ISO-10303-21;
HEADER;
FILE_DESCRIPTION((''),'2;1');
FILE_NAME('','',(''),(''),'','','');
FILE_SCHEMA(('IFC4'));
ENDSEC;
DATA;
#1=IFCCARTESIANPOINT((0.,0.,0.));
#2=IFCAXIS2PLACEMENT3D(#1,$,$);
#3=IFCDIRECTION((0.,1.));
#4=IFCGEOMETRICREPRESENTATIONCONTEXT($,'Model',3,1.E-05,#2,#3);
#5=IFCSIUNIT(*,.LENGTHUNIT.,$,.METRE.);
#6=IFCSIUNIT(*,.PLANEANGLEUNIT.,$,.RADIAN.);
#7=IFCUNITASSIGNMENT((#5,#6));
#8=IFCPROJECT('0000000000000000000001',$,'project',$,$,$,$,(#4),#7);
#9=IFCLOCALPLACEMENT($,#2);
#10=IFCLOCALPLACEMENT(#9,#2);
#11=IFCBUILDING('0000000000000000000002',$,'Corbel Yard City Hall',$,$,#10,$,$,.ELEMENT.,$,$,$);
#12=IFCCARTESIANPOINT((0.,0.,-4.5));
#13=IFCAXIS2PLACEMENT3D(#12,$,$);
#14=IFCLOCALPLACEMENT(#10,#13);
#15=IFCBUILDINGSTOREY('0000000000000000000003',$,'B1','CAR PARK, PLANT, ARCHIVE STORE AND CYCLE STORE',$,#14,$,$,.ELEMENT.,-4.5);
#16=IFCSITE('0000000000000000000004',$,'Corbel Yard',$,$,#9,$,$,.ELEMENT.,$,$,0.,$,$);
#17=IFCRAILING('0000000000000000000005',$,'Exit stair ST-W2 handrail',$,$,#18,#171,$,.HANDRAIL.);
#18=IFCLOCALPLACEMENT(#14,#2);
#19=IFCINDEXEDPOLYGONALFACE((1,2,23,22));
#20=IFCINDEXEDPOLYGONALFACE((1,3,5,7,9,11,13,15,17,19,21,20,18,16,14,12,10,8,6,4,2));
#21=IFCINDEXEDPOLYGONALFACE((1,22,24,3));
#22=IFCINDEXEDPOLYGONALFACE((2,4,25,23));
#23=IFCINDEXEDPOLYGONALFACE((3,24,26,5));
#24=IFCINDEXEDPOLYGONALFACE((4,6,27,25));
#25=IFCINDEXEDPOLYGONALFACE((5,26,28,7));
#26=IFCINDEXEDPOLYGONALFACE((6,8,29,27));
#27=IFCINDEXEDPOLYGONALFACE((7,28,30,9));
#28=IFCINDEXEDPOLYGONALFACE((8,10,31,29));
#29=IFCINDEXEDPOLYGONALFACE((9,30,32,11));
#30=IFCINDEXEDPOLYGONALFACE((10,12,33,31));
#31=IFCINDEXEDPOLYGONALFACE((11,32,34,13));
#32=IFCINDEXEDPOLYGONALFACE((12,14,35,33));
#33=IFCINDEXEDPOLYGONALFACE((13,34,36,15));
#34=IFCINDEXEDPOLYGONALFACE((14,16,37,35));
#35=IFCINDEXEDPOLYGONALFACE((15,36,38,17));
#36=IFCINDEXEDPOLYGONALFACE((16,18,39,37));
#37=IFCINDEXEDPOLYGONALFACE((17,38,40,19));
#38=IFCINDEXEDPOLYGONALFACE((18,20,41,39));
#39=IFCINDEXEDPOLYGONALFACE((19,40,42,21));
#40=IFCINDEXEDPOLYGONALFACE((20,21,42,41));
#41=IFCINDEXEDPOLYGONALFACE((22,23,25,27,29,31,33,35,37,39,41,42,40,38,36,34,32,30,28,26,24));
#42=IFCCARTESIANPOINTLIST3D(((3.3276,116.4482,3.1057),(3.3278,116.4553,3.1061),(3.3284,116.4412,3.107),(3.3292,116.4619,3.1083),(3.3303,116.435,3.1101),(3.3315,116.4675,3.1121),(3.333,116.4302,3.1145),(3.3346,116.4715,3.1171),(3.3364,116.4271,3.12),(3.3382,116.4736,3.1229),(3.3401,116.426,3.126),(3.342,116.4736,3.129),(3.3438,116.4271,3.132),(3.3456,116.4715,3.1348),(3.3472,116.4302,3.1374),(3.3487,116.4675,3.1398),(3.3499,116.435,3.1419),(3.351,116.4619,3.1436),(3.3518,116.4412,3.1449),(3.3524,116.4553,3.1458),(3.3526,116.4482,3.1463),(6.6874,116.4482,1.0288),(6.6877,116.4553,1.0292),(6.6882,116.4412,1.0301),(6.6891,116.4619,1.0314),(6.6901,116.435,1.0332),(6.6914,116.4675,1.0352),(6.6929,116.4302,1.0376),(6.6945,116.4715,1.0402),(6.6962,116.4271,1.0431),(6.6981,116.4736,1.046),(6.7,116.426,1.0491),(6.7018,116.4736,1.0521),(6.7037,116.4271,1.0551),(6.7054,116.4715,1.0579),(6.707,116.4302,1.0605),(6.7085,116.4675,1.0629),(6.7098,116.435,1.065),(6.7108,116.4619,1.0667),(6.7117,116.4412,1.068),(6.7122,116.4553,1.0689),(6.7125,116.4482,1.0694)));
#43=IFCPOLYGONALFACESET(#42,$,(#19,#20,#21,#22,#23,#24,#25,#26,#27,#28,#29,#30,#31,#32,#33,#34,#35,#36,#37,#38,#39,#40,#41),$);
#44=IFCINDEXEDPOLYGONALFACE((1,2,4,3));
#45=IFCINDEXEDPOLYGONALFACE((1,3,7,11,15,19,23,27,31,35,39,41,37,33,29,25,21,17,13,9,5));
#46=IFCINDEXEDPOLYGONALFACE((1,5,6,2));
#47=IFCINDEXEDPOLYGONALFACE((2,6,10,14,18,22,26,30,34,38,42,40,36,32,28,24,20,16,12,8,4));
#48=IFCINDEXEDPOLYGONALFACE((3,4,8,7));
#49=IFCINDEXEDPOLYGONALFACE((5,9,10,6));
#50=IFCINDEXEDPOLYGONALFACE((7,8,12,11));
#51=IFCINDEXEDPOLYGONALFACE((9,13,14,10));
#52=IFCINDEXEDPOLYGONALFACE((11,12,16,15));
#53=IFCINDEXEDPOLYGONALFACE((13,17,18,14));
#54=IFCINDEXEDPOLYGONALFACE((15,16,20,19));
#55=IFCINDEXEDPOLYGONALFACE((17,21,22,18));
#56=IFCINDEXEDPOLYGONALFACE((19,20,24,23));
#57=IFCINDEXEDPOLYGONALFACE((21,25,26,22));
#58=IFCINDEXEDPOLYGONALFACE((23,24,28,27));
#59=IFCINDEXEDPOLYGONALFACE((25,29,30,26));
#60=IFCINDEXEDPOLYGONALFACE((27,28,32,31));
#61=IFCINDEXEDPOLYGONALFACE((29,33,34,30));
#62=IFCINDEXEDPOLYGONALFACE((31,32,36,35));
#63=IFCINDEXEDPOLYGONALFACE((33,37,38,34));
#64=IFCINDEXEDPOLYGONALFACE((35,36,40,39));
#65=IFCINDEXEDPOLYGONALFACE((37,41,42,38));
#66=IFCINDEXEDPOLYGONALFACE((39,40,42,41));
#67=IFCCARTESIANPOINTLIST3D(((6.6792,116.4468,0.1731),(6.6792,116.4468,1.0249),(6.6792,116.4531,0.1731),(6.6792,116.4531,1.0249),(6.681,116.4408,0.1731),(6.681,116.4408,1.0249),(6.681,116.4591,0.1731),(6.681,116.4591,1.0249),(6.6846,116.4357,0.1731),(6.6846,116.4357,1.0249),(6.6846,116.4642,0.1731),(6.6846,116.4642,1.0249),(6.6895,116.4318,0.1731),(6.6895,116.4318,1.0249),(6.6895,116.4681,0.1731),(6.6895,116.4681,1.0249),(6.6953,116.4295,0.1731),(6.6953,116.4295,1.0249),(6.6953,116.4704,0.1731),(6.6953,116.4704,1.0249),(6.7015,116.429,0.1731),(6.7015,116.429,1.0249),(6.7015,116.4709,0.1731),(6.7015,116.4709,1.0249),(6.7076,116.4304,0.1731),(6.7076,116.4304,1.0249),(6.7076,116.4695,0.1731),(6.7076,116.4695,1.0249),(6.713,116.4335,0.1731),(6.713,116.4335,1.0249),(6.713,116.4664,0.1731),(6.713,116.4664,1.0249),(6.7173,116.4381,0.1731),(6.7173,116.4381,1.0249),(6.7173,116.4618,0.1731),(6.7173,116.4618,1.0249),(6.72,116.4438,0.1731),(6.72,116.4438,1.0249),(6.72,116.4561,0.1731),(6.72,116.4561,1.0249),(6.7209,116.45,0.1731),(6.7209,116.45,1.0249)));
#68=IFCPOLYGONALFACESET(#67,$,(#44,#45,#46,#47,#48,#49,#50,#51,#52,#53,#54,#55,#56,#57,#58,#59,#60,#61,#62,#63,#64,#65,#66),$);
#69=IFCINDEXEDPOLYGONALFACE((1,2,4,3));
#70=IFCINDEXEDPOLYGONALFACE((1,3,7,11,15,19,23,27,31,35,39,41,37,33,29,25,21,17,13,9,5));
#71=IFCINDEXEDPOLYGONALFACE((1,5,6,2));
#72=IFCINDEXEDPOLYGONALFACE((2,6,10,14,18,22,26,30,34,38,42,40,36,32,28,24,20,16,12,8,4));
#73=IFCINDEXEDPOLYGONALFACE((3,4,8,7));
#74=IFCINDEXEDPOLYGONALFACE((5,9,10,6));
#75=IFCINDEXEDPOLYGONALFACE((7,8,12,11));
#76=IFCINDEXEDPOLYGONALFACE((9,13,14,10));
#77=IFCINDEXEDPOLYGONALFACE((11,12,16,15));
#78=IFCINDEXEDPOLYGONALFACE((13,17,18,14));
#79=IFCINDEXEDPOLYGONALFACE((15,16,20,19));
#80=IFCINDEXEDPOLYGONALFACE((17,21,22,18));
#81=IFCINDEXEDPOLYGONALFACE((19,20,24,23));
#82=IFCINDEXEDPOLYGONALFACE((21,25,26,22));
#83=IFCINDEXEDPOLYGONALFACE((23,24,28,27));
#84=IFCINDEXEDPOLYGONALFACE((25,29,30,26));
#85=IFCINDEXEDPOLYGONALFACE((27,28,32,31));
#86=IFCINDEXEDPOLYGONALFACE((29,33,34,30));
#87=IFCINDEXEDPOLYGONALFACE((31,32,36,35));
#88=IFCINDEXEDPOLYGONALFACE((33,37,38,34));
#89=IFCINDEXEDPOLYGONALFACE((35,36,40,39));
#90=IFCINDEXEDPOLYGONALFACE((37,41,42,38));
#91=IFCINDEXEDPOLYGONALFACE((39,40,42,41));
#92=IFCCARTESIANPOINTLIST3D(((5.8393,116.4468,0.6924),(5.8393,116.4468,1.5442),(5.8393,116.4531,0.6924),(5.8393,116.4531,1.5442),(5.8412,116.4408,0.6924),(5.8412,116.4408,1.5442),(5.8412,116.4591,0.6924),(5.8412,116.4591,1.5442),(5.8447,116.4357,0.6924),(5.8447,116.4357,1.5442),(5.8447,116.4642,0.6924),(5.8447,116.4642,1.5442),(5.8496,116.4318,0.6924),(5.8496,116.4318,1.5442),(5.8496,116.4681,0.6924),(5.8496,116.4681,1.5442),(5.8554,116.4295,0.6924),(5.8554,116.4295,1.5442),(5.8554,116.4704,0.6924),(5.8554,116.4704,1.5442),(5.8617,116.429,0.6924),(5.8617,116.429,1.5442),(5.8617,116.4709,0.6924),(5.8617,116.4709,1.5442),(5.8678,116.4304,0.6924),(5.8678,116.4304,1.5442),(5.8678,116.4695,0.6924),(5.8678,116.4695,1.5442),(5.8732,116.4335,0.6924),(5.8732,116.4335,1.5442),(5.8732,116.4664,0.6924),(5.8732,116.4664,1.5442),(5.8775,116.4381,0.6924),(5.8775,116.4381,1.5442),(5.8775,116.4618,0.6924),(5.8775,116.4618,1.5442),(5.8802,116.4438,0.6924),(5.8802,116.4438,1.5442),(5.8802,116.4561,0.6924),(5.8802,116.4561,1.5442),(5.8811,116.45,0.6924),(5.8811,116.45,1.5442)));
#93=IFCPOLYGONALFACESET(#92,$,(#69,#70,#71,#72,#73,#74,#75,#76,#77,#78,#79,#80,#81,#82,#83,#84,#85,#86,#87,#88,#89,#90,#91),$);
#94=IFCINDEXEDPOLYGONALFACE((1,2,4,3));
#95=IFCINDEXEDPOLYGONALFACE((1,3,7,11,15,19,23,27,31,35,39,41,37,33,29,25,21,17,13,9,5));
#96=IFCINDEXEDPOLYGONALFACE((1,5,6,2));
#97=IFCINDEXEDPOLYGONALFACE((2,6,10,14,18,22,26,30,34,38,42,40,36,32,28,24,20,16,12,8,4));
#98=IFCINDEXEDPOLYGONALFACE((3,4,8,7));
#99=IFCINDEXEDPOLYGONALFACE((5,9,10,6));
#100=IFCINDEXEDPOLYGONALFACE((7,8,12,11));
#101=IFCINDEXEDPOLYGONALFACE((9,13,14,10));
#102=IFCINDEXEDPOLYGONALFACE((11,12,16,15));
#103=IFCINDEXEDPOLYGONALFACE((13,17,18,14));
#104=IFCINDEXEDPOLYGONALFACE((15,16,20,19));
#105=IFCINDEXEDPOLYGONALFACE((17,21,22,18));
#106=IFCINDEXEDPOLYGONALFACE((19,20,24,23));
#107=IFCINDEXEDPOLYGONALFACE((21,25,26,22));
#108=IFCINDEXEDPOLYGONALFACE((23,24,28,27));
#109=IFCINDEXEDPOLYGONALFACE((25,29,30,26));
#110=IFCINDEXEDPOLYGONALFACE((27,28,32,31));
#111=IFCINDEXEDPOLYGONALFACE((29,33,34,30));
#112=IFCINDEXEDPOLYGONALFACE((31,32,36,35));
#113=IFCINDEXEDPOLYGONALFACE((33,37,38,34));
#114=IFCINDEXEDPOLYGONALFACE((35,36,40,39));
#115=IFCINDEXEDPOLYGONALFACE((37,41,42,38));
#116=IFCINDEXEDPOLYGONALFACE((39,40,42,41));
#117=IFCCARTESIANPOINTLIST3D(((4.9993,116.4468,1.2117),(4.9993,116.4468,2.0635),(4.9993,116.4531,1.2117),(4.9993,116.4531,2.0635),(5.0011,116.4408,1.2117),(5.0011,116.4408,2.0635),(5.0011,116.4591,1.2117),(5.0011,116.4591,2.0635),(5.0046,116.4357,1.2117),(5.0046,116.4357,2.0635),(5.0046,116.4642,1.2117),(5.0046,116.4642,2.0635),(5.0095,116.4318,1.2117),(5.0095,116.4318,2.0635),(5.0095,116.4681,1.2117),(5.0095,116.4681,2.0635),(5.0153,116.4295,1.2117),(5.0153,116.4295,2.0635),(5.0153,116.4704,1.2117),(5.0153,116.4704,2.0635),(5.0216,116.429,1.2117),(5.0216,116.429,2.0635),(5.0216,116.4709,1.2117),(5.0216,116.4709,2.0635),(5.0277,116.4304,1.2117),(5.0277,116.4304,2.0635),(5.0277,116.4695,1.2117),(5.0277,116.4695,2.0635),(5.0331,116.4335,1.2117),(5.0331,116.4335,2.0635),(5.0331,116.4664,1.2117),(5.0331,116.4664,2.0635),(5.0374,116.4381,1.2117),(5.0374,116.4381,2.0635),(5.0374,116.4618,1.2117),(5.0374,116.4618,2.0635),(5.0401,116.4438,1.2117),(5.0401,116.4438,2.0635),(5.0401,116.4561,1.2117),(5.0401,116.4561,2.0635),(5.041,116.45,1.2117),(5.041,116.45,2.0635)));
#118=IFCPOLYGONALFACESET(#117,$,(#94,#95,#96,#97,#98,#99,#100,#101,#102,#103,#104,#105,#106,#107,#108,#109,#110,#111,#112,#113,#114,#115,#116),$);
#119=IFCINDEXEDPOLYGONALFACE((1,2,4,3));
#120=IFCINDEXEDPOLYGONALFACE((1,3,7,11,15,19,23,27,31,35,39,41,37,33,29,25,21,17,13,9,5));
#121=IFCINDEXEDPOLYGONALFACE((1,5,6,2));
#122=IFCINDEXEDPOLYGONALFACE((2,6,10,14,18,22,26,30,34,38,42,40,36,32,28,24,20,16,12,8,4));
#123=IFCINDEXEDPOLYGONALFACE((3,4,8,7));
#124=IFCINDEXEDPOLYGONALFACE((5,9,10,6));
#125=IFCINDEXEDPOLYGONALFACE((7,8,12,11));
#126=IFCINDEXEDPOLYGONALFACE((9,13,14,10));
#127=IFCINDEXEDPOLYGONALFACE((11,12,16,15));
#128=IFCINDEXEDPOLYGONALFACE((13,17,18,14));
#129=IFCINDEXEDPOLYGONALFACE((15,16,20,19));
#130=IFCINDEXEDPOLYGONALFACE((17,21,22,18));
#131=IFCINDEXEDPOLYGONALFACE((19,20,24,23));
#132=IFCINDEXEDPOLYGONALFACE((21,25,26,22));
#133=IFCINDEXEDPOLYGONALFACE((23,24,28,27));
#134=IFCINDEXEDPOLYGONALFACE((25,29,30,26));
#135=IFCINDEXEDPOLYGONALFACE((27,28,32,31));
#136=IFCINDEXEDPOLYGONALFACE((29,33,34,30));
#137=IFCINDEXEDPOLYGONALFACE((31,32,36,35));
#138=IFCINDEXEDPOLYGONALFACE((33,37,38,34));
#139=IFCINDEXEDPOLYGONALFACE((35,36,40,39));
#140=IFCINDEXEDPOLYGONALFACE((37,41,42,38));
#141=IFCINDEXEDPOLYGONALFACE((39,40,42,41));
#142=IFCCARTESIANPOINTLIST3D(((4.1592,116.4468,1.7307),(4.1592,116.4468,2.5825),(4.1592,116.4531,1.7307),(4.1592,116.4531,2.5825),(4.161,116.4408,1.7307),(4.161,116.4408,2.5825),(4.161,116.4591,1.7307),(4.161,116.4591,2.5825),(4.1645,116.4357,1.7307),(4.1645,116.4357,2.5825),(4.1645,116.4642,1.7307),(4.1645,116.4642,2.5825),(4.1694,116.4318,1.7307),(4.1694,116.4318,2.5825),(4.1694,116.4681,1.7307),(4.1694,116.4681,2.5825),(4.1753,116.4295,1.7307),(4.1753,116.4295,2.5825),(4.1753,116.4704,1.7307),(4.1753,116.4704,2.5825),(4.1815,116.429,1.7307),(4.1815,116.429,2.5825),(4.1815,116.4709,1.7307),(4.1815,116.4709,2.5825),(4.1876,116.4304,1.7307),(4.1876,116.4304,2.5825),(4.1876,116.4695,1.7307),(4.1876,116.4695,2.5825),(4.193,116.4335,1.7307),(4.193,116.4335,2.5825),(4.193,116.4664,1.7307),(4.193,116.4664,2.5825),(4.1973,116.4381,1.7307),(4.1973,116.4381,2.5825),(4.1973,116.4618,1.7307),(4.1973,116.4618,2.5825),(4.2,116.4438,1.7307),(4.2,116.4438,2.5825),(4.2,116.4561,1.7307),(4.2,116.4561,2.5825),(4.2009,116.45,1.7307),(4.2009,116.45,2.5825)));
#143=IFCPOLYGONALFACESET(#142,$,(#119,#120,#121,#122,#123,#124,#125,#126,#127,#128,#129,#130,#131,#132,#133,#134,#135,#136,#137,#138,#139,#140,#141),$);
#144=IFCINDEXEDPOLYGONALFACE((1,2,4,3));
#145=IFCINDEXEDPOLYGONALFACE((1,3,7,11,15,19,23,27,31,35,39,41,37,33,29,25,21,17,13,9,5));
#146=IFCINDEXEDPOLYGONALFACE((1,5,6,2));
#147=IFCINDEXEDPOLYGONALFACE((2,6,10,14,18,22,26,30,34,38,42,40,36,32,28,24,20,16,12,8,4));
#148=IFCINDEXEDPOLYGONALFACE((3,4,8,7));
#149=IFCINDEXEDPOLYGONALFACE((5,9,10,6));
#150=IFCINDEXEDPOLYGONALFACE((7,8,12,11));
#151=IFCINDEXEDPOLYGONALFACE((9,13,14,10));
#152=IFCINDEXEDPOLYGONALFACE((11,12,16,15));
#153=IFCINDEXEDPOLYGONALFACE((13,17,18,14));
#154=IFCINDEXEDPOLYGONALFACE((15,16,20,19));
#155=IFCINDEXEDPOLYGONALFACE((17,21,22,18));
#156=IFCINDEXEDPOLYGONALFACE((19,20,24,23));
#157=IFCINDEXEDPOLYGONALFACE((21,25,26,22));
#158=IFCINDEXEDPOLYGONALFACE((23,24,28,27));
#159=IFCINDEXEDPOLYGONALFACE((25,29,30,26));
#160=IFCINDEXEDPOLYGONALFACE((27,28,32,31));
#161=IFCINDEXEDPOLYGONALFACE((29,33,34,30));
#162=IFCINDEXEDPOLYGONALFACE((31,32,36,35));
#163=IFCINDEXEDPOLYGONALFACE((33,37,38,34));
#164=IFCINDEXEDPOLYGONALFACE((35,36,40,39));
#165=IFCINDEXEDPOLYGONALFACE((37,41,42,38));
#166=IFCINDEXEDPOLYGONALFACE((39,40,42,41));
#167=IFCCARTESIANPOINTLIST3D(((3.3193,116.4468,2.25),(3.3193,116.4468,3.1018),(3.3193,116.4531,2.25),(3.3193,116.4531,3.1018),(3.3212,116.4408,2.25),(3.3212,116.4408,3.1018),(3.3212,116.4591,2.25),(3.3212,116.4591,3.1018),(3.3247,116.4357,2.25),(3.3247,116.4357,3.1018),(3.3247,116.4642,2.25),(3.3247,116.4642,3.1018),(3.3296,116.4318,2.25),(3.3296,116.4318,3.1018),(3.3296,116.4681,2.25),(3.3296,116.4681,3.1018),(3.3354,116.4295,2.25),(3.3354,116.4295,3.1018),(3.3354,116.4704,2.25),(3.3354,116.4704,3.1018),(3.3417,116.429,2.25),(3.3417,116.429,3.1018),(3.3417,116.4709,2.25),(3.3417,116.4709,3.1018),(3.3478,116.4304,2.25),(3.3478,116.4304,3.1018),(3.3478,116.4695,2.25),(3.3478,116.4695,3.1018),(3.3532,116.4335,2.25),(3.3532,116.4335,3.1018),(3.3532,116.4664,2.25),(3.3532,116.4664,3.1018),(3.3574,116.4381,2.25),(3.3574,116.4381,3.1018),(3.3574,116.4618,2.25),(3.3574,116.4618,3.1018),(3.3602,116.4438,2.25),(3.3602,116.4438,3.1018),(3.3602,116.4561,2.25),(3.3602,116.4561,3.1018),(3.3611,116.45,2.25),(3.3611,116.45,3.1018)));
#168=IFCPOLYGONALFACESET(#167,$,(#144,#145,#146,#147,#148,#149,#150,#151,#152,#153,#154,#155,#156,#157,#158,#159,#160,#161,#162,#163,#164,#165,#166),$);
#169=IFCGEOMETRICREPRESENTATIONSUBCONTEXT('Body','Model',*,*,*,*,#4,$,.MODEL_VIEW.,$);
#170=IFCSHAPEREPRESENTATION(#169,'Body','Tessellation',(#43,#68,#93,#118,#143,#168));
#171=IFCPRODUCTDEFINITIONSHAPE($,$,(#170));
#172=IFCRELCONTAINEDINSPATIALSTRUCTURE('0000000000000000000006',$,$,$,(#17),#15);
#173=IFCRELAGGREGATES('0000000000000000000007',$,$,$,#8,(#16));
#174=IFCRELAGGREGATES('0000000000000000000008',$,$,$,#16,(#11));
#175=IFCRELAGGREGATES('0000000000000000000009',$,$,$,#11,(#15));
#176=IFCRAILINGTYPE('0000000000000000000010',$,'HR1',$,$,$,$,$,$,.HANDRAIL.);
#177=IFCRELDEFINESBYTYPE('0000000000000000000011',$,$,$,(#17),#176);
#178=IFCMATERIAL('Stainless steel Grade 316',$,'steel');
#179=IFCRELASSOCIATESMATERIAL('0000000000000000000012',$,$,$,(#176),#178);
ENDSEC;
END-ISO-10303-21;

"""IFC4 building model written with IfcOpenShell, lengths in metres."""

from ifc_helpers import new_model, si_unit, direction, frame, origin, origin_2d, place, context, subcontext, project, spatial, circle, extrude, material, type_object, element, save


model = new_model("IFC4")

# Units and contexts
model_context = context("Model", 3, precision=1e-05, world=origin(), true_north=direction((0.0, 1.0)))
body_context = subcontext(model_context, "Body", "Model", "MODEL_VIEW")
ifc_project = project(units=[si_unit("LENGTHUNIT", "METRE"), si_unit("PLANEANGLEUNIT", "RADIAN")], contexts=[model_context])

# Site, building, storey
site_placement = place(None, origin())
site = spatial("IfcSite", under=ifc_project, at=site_placement, Name="Corbel Yard", CompositionType="ELEMENT", RefElevation=0.0)
building_placement = place(site_placement, origin())
building = spatial("IfcBuilding", under=site, at=building_placement, Name="Corbel Yard City Hall", CompositionType="ELEMENT")
storey_placement = place(building_placement, frame((0.0, 0.0, -4.5)))
storey = spatial("IfcBuildingStorey", under=building, at=storey_placement, Name="B1", Description="CAR PARK, PLANT, ARCHIVE STORE AND CYCLE STORE", CompositionType="ELEMENT", Elevation=-4.5)

# Railing
ifc_material_1 = material(Name="Stainless steel Grade 316", Category="steel")
railing_type = type_object("IfcRailingType", Name="HR1", PredefinedType="HANDRAIL", material=ifc_material_1)
for number, where, name in (
    (1, (6.7, 116.45, 0.1731), "Exit stair ST-W2 handrail"),
):
    element("IfcRailing", number, at=place(storey_placement, frame(where)), inside=storey, type_object=railing_type, Name=name, PredefinedType="HANDRAIL", context=body_context, shape_type="SweptSolid", body=[
        extrude(circle(Radius=0.0239, at=origin_2d()), frame((0.0, 0.0, 0.876), z_axis=(-0.850606, 0.0, 0.525803), x_axis=(0.0, -1.0, 0.0)), (0.0, 0.0, 1.0), 3.95),
        extrude(circle(Radius=0.021, at=origin_2d()), origin(), (0.0, 0.0, 1.0), 0.8518),
        extrude(circle(Radius=0.021, at=origin_2d()), frame((-0.8398, 0.0, 0.5193)), (0.0, 0.0, 1.0), 0.8518),
        extrude(circle(Radius=0.021, at=origin_2d()), frame((-1.6799, 0.0, 1.0386)), (0.0, 0.0, 1.0), 0.8518),
        extrude(circle(Radius=0.021, at=origin_2d()), frame((-2.52, 0.0, 1.5576)), (0.0, 0.0, 1.0), 0.8518),
        extrude(circle(Radius=0.021, at=origin_2d()), frame((-3.3599, 0.0, 2.0769)), (0.0, 0.0, 1.0), 0.8518),
    ])

save(model, "model.ifc")
